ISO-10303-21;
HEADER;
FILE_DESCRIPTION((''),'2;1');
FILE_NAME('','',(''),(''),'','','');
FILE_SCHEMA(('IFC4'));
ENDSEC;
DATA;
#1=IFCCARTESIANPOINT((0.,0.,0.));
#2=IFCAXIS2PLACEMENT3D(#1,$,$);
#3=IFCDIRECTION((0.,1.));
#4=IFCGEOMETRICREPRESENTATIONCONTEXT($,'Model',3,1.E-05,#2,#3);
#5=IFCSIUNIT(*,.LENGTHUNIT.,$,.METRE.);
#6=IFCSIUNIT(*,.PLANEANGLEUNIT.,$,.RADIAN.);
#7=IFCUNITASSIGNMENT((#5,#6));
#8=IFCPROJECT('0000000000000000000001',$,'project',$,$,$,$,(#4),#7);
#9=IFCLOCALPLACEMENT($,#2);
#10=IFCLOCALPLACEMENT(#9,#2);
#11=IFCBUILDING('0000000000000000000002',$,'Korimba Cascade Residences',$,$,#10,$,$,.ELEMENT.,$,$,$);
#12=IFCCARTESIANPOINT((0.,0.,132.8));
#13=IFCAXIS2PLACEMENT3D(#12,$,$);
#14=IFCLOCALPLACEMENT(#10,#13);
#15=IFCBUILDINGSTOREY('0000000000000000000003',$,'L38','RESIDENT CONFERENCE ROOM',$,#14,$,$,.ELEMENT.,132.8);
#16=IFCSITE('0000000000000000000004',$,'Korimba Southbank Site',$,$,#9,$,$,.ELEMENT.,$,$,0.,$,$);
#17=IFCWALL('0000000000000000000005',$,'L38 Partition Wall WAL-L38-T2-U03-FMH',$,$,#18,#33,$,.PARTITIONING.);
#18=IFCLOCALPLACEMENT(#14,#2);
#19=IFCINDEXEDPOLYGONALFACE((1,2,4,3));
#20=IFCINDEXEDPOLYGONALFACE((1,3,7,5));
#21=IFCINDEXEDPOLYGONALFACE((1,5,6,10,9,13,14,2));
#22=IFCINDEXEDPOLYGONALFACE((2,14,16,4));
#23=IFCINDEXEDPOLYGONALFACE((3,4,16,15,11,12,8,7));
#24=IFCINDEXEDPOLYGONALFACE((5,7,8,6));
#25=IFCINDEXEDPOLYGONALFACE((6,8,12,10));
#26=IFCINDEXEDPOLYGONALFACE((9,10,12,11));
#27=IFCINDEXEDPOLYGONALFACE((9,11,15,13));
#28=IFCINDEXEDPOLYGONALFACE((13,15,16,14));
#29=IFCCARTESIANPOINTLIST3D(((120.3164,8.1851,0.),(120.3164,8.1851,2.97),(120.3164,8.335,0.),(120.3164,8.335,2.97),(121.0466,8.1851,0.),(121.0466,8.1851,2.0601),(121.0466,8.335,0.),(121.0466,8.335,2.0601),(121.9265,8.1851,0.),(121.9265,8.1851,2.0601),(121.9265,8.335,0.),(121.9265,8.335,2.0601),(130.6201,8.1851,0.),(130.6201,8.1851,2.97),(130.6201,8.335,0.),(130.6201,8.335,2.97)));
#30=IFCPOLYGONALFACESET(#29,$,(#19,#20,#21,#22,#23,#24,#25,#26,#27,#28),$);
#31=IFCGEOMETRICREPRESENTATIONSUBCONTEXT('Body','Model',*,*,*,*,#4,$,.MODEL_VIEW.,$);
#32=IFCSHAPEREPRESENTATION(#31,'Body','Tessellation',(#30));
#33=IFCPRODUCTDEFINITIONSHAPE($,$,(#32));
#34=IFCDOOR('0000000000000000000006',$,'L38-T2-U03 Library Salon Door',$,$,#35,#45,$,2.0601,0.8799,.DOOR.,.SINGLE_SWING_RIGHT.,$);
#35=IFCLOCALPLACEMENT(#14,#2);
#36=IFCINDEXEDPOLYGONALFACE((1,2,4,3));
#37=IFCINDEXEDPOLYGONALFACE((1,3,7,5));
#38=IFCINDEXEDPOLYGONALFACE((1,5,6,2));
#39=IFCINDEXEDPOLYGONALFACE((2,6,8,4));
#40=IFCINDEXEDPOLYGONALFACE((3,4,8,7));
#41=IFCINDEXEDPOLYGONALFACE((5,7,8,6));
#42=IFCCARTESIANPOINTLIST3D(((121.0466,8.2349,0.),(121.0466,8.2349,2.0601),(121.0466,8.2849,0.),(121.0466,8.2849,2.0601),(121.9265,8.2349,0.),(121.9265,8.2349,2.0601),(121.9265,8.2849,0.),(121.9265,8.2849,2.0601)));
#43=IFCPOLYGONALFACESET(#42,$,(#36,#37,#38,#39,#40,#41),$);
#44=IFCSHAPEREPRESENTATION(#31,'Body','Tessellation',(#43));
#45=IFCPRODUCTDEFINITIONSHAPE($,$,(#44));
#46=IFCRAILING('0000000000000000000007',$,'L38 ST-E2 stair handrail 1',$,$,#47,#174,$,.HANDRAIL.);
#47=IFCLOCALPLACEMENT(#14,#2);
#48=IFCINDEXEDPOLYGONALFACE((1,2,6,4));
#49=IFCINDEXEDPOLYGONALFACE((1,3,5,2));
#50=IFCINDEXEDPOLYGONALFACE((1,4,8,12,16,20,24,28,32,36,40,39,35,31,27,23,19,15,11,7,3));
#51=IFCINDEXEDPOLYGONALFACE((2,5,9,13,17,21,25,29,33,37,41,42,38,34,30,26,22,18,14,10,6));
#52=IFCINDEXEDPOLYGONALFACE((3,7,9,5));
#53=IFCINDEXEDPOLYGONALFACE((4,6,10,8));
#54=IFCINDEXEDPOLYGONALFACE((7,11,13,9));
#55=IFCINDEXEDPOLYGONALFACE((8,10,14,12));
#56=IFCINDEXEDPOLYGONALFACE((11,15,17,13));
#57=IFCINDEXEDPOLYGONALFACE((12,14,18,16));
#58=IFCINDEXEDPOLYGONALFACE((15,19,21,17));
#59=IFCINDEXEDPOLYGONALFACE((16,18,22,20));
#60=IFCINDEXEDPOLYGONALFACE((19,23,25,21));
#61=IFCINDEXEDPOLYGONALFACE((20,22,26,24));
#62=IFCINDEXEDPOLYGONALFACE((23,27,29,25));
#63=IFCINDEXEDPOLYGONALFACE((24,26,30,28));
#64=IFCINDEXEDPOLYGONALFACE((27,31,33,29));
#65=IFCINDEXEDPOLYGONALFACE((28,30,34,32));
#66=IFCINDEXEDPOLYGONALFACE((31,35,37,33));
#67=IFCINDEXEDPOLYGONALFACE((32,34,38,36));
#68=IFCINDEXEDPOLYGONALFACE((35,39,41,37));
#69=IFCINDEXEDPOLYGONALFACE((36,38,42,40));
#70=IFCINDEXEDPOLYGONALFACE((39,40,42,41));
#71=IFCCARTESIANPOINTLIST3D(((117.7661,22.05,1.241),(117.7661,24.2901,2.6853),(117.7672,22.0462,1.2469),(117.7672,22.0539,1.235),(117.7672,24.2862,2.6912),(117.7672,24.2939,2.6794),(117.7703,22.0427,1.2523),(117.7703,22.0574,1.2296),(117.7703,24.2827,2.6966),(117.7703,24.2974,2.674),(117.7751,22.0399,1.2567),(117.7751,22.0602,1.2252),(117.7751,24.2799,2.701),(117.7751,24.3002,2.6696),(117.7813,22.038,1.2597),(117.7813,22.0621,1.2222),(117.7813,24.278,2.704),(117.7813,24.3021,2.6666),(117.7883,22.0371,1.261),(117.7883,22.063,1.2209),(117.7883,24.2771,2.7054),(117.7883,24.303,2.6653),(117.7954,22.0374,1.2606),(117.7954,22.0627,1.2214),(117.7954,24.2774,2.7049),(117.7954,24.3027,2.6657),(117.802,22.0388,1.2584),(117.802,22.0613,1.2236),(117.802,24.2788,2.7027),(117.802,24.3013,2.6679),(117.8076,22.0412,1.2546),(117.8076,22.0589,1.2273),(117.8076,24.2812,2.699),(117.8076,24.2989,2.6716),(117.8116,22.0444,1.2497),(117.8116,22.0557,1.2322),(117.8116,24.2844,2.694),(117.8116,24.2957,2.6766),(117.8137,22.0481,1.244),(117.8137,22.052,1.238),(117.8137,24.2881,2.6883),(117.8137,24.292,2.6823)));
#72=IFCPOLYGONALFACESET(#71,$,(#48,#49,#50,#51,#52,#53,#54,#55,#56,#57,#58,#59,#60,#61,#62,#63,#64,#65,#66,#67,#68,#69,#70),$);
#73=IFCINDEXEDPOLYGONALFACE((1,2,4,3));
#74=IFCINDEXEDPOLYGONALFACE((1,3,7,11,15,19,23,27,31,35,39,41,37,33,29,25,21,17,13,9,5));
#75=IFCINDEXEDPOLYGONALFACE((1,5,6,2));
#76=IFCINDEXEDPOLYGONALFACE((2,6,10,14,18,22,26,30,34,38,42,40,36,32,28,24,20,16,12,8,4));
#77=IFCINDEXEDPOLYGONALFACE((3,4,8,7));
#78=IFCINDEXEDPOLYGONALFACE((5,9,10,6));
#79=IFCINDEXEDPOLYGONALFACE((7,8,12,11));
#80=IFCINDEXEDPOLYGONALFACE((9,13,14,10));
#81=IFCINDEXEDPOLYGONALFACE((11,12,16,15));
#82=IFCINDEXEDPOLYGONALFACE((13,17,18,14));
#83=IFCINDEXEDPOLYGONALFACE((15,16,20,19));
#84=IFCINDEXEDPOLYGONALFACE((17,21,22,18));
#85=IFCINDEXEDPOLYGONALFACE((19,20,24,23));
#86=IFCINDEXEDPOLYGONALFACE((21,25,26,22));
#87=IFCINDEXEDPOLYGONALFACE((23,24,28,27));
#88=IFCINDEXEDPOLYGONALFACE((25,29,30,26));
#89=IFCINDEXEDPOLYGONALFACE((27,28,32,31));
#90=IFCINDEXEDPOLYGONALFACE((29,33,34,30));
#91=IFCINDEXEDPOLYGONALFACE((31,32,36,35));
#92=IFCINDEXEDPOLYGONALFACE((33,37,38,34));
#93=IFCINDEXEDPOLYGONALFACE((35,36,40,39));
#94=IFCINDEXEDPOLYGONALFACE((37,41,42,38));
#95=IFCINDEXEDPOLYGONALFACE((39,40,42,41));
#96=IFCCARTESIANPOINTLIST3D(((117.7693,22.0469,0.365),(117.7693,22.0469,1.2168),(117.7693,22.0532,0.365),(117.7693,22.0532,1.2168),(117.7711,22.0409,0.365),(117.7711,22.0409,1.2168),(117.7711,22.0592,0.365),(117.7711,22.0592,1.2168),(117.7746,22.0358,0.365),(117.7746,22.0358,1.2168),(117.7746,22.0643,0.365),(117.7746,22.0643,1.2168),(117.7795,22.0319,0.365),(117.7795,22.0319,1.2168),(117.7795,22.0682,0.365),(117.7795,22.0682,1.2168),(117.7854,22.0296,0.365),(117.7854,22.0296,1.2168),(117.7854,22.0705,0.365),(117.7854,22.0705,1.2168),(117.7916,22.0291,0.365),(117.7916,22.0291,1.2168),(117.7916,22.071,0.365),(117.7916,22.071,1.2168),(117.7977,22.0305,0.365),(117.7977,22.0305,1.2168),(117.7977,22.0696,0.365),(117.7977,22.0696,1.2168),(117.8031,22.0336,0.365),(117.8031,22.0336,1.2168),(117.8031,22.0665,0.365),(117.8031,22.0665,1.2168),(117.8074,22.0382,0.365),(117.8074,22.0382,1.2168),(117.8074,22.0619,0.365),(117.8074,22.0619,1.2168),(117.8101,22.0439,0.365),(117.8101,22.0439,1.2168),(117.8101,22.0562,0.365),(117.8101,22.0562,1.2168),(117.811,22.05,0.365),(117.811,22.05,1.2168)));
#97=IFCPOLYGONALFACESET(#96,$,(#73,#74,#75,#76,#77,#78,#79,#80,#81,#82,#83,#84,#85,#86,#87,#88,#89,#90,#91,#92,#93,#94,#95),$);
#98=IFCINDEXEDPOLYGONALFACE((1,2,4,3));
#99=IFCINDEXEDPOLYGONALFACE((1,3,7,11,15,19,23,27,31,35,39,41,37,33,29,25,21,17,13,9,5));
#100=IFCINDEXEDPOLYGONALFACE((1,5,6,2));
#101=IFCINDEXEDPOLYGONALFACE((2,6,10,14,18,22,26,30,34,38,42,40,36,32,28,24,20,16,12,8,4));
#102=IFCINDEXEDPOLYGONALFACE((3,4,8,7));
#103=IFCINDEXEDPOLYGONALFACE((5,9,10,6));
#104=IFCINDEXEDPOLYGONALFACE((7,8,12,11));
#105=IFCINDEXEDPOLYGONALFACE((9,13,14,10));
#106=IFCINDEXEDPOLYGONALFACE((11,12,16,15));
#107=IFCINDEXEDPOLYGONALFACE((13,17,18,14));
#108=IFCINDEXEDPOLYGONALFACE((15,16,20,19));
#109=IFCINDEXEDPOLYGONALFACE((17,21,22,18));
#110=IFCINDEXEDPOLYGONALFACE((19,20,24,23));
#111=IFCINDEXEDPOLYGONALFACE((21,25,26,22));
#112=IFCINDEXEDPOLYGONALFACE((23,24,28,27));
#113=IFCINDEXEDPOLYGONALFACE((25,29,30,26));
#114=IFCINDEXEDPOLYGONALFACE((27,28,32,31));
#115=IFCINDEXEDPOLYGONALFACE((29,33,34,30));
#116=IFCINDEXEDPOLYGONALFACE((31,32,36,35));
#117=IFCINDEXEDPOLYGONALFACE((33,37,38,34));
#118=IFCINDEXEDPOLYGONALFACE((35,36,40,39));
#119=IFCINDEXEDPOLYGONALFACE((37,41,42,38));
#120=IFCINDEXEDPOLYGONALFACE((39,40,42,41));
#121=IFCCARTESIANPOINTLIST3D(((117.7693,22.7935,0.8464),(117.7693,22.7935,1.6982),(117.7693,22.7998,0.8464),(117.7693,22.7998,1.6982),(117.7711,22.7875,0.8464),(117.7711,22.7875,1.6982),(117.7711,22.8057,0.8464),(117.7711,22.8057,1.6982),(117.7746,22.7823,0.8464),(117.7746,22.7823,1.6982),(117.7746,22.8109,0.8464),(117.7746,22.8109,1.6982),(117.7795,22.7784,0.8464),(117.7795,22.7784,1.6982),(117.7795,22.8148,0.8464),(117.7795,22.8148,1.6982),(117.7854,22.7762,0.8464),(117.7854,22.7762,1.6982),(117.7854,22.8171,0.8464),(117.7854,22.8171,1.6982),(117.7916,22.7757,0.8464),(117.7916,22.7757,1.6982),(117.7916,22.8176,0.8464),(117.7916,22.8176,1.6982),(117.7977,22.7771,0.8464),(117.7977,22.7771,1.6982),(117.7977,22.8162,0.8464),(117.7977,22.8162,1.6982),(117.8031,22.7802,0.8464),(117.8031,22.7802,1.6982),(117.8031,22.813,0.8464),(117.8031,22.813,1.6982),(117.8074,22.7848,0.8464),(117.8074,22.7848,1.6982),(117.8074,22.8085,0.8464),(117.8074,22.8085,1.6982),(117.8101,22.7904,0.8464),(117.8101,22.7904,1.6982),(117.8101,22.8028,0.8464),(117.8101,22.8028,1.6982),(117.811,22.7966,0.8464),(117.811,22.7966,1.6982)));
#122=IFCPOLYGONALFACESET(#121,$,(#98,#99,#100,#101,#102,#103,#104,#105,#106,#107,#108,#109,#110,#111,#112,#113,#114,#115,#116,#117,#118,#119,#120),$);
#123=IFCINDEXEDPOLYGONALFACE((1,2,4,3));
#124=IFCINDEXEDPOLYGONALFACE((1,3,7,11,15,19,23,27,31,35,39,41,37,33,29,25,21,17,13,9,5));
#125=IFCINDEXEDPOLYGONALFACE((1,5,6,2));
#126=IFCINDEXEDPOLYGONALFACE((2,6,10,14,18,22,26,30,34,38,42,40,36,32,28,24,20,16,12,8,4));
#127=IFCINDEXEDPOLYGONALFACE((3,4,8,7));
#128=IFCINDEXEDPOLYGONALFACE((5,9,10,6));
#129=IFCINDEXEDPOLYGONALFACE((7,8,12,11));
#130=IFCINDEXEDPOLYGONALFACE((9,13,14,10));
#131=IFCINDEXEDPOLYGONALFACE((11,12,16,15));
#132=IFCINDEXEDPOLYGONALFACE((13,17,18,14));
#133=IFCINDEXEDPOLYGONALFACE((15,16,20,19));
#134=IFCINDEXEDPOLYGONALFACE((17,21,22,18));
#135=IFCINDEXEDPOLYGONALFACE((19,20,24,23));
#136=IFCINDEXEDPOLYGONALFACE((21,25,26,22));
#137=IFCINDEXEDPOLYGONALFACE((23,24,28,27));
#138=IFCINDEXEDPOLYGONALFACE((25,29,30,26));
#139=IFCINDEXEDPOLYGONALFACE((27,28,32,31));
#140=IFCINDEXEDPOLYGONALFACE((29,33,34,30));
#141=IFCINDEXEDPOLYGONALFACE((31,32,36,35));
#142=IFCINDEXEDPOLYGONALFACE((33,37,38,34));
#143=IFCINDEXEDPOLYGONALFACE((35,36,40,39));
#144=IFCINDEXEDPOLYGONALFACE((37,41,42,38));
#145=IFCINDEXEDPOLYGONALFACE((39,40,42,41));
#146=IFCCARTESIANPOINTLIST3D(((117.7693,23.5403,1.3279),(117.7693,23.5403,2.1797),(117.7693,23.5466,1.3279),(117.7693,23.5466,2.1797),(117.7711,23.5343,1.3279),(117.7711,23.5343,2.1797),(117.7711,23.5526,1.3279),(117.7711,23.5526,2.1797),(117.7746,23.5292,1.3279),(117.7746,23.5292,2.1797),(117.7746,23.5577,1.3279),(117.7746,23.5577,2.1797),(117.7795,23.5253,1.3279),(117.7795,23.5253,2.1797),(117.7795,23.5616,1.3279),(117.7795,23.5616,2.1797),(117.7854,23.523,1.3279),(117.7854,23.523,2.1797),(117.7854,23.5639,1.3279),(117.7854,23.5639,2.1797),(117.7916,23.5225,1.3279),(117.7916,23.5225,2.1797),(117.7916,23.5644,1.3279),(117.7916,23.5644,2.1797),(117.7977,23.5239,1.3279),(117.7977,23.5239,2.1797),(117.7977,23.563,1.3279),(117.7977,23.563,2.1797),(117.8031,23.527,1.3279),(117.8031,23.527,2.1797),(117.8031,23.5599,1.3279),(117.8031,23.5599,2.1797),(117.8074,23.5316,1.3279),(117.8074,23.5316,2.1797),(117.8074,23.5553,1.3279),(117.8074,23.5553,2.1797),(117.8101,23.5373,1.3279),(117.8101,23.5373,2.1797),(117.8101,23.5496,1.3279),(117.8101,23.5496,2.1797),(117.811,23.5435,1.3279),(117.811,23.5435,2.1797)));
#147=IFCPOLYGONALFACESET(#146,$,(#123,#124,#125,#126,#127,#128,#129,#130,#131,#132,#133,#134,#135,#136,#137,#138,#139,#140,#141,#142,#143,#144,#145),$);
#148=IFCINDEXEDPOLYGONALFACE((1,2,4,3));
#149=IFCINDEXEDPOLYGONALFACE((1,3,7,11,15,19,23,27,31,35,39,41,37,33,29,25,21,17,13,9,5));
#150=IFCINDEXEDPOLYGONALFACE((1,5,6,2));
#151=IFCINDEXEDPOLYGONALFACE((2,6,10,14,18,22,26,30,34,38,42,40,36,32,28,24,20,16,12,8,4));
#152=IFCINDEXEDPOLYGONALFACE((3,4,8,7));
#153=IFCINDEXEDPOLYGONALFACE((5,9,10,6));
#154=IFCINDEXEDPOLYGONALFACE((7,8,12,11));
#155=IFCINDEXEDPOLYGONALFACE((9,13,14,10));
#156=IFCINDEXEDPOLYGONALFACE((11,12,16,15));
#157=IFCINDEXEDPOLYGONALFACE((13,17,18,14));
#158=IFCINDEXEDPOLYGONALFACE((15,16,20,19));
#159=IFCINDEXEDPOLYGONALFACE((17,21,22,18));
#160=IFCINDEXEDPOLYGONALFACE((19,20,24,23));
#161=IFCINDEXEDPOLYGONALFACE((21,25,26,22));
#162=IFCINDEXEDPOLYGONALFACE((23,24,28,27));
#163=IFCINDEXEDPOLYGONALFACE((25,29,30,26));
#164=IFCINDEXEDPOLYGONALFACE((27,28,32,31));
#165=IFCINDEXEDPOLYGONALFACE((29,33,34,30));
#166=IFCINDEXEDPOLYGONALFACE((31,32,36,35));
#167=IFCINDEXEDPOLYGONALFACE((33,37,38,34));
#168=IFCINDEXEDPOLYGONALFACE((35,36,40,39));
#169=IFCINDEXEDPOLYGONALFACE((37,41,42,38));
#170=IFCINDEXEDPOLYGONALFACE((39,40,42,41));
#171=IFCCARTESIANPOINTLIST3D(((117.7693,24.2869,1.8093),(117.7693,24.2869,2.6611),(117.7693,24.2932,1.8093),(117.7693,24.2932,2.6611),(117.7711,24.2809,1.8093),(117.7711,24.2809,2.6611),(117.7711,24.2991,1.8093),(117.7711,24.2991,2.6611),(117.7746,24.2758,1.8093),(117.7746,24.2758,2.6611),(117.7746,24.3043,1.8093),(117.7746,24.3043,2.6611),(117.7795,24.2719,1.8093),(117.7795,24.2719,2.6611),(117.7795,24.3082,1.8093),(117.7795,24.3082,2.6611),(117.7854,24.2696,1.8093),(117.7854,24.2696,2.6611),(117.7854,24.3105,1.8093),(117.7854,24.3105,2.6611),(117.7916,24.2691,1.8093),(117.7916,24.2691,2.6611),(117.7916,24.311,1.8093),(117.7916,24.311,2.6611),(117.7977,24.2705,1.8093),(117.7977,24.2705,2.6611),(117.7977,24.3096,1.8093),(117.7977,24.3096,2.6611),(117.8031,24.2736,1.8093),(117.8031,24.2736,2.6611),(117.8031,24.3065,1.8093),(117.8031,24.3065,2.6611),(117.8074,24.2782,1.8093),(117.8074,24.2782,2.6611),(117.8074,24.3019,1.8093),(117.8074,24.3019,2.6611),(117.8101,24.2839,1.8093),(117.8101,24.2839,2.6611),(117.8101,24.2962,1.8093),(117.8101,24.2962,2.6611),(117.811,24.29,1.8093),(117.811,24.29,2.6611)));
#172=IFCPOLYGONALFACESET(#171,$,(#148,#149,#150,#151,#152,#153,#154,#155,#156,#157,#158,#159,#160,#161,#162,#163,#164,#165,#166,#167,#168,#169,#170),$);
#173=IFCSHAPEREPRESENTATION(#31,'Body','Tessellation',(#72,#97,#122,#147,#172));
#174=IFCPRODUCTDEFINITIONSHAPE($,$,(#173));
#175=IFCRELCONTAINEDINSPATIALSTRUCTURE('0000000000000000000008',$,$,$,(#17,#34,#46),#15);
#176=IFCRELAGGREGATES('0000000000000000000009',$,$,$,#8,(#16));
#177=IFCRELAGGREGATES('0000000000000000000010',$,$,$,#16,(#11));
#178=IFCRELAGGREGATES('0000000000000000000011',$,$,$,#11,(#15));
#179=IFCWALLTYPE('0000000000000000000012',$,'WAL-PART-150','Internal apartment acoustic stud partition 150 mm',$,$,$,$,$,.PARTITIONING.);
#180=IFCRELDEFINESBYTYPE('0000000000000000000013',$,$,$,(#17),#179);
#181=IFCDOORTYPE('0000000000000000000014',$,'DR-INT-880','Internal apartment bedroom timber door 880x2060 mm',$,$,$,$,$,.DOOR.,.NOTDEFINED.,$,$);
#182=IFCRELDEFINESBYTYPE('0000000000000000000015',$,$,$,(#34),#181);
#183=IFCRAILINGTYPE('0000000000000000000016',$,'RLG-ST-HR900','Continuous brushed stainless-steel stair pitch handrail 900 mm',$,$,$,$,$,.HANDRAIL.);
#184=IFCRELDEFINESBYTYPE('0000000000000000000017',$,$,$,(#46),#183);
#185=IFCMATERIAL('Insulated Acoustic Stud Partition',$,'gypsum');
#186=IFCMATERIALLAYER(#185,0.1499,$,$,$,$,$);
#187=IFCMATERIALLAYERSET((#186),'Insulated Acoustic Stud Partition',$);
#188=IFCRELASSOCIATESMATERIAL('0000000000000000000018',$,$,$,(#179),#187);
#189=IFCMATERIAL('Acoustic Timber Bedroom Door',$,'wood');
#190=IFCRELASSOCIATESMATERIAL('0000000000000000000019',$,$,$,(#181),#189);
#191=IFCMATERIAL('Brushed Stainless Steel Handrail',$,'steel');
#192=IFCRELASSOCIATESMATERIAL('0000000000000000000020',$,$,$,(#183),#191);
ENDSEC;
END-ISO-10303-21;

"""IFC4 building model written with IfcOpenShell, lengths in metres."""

from ifc_helpers import new_model, si_unit, direction, frame, frame_2d, origin, origin_2d, place, context, subcontext, project, spatial, rectangle, circle, extrude, material, layer, layer_set, type_object, element, fill, save


model = new_model("IFC4")

# Units and contexts
model_context = context("Model", 3, precision=1e-05, world=origin(), true_north=direction((0.0, 1.0)))
body_context = subcontext(model_context, "Body", "Model", "MODEL_VIEW")
ifc_project = project(units=[si_unit("LENGTHUNIT", "METRE"), si_unit("PLANEANGLEUNIT", "RADIAN")], contexts=[model_context])

# Site, building, storey
site_placement = place(None, origin())
site = spatial("IfcSite", under=ifc_project, at=site_placement, Name="Korimba Southbank Site", CompositionType="ELEMENT", RefElevation=0.0)
building_placement = place(site_placement, origin())
building = spatial("IfcBuilding", under=site, at=building_placement, Name="Korimba Cascade Residences", CompositionType="ELEMENT")
storey_placement = place(building_placement, frame((0.0, 0.0, 132.8)))
storey = spatial("IfcBuildingStorey", under=building, at=storey_placement, Name="L38", Description="RESIDENT CONFERENCE ROOM", CompositionType="ELEMENT", Elevation=132.8)

# Shared definitions
ifc_material_1 = material(Name="Insulated Acoustic Stud Partition", Category="gypsum")
ifc_layer_1 = layer(ifc_material_1, 0.1499)
ifc_layer_set_1 = layer_set([ifc_layer_1], Name="Insulated Acoustic Stud Partition")
wall_type_1 = type_object("IfcWallType", Name="WAL-PART-150", Description="Internal apartment acoustic stud partition 150 mm", PredefinedType="PARTITIONING", material=ifc_layer_set_1)
ifc_material_2 = material(Name="Acoustic Timber Bedroom Door", Category="wood")
door_type_1 = type_object("IfcDoorType", Name="DR-INT-880", Description="Internal apartment bedroom timber door 880x2060 mm", OperationType="NOTDEFINED", PredefinedType="DOOR", material=ifc_material_2)

# Wall, opening, door
wall_1_placement = place(storey_placement, frame((120.3164, 8.26, 0.0), z_axis=(0.0, 0.0, 1.0), x_axis=(1.0, 0.0, 0.0)))
wall_1 = element("IfcWall", 1, at=wall_1_placement, inside=storey, type_object=wall_type_1, Name="L38 Partition Wall WAL-L38-T2-U03-FMH", PredefinedType="PARTITIONING", context=body_context, shape_type="SweptSolid", body=[
    extrude(rectangle(XDim=10.3037, YDim=0.1499, at=frame_2d((5.1519, 0.0))), origin(), (0.0, 0.0, 1.0), 2.97),
])
opening_1_placement = place(wall_1_placement, frame((0.7302, 0.0, 0.0)))
opening_1 = element("IfcOpeningElement", 2, at=opening_1_placement, cuts=wall_1, PredefinedType="OPENING", context=body_context, shape_type="SweptSolid", body=[
    extrude(rectangle(XDim=0.8799, YDim=2.0601, at=frame_2d((0.4399, 1.03))), frame((0.0, 0.085, 0.0), z_axis=(0.0, -1.0, 0.0), x_axis=(1.0, 0.0, 0.0)), (0.0, 0.0, 1.0), 0.1699),
])
door_1_placement = place(opening_1_placement, origin())
door_1 = element("IfcDoor", 3, at=door_1_placement, inside=storey, type_object=door_type_1, Name="L38-T2-U03 Library Salon Door", OperationType="SINGLE_SWING_RIGHT", OverallHeight=2.0601, OverallWidth=0.8799, PredefinedType="DOOR", context=body_context, shape_type="SweptSolid", body=[
    extrude(rectangle(XDim=0.8799, YDim=2.0601, at=frame_2d((0.4399, 1.03))), frame((0.0, 0.0249, 0.0), z_axis=(0.0, -1.0, 0.0), x_axis=(1.0, 0.0, 0.0)), (0.0, 0.0, 1.0), 0.05),
])
fill(opening_1, door_1)

# Railing
ifc_material_3 = material(Name="Brushed Stainless Steel Handrail", Category="steel")
railing_type = type_object("IfcRailingType", Name="RLG-ST-HR900", Description="Continuous brushed stainless-steel stair pitch handrail 900 mm", PredefinedType="HANDRAIL", material=ifc_material_3)
railing_placement = place(storey_placement, frame((117.79, 22.05, 0.365)))
element("IfcRailing", 4, at=railing_placement, inside=storey, type_object=railing_type, Name="L38 ST-E2 stair handrail 1", PredefinedType="HANDRAIL", context=body_context, shape_type="SweptSolid", body=[
    extrude(circle(Radius=0.0239, at=origin_2d()), frame((0.0, 0.0, 0.876), z_axis=(0.0, 0.840437, 0.54191), x_axis=(-1.0, 0.0, 0.0)), (0.0, 0.0, 1.0), 2.6653),
    extrude(circle(Radius=0.021, at=origin_2d()), origin(), (0.0, 0.0, 1.0), 0.8518),
    extrude(circle(Radius=0.021, at=origin_2d()), frame((0.0, 0.7466, 0.4814)), (0.0, 0.0, 1.0), 0.8518),
    extrude(circle(Radius=0.021, at=origin_2d()), frame((0.0, 1.4934, 0.9629)), (0.0, 0.0, 1.0), 0.8518),
    extrude(circle(Radius=0.021, at=origin_2d()), frame((0.0, 2.24, 1.4443)), (0.0, 0.0, 1.0), 0.8518),
])

save(model, "model.ifc")
